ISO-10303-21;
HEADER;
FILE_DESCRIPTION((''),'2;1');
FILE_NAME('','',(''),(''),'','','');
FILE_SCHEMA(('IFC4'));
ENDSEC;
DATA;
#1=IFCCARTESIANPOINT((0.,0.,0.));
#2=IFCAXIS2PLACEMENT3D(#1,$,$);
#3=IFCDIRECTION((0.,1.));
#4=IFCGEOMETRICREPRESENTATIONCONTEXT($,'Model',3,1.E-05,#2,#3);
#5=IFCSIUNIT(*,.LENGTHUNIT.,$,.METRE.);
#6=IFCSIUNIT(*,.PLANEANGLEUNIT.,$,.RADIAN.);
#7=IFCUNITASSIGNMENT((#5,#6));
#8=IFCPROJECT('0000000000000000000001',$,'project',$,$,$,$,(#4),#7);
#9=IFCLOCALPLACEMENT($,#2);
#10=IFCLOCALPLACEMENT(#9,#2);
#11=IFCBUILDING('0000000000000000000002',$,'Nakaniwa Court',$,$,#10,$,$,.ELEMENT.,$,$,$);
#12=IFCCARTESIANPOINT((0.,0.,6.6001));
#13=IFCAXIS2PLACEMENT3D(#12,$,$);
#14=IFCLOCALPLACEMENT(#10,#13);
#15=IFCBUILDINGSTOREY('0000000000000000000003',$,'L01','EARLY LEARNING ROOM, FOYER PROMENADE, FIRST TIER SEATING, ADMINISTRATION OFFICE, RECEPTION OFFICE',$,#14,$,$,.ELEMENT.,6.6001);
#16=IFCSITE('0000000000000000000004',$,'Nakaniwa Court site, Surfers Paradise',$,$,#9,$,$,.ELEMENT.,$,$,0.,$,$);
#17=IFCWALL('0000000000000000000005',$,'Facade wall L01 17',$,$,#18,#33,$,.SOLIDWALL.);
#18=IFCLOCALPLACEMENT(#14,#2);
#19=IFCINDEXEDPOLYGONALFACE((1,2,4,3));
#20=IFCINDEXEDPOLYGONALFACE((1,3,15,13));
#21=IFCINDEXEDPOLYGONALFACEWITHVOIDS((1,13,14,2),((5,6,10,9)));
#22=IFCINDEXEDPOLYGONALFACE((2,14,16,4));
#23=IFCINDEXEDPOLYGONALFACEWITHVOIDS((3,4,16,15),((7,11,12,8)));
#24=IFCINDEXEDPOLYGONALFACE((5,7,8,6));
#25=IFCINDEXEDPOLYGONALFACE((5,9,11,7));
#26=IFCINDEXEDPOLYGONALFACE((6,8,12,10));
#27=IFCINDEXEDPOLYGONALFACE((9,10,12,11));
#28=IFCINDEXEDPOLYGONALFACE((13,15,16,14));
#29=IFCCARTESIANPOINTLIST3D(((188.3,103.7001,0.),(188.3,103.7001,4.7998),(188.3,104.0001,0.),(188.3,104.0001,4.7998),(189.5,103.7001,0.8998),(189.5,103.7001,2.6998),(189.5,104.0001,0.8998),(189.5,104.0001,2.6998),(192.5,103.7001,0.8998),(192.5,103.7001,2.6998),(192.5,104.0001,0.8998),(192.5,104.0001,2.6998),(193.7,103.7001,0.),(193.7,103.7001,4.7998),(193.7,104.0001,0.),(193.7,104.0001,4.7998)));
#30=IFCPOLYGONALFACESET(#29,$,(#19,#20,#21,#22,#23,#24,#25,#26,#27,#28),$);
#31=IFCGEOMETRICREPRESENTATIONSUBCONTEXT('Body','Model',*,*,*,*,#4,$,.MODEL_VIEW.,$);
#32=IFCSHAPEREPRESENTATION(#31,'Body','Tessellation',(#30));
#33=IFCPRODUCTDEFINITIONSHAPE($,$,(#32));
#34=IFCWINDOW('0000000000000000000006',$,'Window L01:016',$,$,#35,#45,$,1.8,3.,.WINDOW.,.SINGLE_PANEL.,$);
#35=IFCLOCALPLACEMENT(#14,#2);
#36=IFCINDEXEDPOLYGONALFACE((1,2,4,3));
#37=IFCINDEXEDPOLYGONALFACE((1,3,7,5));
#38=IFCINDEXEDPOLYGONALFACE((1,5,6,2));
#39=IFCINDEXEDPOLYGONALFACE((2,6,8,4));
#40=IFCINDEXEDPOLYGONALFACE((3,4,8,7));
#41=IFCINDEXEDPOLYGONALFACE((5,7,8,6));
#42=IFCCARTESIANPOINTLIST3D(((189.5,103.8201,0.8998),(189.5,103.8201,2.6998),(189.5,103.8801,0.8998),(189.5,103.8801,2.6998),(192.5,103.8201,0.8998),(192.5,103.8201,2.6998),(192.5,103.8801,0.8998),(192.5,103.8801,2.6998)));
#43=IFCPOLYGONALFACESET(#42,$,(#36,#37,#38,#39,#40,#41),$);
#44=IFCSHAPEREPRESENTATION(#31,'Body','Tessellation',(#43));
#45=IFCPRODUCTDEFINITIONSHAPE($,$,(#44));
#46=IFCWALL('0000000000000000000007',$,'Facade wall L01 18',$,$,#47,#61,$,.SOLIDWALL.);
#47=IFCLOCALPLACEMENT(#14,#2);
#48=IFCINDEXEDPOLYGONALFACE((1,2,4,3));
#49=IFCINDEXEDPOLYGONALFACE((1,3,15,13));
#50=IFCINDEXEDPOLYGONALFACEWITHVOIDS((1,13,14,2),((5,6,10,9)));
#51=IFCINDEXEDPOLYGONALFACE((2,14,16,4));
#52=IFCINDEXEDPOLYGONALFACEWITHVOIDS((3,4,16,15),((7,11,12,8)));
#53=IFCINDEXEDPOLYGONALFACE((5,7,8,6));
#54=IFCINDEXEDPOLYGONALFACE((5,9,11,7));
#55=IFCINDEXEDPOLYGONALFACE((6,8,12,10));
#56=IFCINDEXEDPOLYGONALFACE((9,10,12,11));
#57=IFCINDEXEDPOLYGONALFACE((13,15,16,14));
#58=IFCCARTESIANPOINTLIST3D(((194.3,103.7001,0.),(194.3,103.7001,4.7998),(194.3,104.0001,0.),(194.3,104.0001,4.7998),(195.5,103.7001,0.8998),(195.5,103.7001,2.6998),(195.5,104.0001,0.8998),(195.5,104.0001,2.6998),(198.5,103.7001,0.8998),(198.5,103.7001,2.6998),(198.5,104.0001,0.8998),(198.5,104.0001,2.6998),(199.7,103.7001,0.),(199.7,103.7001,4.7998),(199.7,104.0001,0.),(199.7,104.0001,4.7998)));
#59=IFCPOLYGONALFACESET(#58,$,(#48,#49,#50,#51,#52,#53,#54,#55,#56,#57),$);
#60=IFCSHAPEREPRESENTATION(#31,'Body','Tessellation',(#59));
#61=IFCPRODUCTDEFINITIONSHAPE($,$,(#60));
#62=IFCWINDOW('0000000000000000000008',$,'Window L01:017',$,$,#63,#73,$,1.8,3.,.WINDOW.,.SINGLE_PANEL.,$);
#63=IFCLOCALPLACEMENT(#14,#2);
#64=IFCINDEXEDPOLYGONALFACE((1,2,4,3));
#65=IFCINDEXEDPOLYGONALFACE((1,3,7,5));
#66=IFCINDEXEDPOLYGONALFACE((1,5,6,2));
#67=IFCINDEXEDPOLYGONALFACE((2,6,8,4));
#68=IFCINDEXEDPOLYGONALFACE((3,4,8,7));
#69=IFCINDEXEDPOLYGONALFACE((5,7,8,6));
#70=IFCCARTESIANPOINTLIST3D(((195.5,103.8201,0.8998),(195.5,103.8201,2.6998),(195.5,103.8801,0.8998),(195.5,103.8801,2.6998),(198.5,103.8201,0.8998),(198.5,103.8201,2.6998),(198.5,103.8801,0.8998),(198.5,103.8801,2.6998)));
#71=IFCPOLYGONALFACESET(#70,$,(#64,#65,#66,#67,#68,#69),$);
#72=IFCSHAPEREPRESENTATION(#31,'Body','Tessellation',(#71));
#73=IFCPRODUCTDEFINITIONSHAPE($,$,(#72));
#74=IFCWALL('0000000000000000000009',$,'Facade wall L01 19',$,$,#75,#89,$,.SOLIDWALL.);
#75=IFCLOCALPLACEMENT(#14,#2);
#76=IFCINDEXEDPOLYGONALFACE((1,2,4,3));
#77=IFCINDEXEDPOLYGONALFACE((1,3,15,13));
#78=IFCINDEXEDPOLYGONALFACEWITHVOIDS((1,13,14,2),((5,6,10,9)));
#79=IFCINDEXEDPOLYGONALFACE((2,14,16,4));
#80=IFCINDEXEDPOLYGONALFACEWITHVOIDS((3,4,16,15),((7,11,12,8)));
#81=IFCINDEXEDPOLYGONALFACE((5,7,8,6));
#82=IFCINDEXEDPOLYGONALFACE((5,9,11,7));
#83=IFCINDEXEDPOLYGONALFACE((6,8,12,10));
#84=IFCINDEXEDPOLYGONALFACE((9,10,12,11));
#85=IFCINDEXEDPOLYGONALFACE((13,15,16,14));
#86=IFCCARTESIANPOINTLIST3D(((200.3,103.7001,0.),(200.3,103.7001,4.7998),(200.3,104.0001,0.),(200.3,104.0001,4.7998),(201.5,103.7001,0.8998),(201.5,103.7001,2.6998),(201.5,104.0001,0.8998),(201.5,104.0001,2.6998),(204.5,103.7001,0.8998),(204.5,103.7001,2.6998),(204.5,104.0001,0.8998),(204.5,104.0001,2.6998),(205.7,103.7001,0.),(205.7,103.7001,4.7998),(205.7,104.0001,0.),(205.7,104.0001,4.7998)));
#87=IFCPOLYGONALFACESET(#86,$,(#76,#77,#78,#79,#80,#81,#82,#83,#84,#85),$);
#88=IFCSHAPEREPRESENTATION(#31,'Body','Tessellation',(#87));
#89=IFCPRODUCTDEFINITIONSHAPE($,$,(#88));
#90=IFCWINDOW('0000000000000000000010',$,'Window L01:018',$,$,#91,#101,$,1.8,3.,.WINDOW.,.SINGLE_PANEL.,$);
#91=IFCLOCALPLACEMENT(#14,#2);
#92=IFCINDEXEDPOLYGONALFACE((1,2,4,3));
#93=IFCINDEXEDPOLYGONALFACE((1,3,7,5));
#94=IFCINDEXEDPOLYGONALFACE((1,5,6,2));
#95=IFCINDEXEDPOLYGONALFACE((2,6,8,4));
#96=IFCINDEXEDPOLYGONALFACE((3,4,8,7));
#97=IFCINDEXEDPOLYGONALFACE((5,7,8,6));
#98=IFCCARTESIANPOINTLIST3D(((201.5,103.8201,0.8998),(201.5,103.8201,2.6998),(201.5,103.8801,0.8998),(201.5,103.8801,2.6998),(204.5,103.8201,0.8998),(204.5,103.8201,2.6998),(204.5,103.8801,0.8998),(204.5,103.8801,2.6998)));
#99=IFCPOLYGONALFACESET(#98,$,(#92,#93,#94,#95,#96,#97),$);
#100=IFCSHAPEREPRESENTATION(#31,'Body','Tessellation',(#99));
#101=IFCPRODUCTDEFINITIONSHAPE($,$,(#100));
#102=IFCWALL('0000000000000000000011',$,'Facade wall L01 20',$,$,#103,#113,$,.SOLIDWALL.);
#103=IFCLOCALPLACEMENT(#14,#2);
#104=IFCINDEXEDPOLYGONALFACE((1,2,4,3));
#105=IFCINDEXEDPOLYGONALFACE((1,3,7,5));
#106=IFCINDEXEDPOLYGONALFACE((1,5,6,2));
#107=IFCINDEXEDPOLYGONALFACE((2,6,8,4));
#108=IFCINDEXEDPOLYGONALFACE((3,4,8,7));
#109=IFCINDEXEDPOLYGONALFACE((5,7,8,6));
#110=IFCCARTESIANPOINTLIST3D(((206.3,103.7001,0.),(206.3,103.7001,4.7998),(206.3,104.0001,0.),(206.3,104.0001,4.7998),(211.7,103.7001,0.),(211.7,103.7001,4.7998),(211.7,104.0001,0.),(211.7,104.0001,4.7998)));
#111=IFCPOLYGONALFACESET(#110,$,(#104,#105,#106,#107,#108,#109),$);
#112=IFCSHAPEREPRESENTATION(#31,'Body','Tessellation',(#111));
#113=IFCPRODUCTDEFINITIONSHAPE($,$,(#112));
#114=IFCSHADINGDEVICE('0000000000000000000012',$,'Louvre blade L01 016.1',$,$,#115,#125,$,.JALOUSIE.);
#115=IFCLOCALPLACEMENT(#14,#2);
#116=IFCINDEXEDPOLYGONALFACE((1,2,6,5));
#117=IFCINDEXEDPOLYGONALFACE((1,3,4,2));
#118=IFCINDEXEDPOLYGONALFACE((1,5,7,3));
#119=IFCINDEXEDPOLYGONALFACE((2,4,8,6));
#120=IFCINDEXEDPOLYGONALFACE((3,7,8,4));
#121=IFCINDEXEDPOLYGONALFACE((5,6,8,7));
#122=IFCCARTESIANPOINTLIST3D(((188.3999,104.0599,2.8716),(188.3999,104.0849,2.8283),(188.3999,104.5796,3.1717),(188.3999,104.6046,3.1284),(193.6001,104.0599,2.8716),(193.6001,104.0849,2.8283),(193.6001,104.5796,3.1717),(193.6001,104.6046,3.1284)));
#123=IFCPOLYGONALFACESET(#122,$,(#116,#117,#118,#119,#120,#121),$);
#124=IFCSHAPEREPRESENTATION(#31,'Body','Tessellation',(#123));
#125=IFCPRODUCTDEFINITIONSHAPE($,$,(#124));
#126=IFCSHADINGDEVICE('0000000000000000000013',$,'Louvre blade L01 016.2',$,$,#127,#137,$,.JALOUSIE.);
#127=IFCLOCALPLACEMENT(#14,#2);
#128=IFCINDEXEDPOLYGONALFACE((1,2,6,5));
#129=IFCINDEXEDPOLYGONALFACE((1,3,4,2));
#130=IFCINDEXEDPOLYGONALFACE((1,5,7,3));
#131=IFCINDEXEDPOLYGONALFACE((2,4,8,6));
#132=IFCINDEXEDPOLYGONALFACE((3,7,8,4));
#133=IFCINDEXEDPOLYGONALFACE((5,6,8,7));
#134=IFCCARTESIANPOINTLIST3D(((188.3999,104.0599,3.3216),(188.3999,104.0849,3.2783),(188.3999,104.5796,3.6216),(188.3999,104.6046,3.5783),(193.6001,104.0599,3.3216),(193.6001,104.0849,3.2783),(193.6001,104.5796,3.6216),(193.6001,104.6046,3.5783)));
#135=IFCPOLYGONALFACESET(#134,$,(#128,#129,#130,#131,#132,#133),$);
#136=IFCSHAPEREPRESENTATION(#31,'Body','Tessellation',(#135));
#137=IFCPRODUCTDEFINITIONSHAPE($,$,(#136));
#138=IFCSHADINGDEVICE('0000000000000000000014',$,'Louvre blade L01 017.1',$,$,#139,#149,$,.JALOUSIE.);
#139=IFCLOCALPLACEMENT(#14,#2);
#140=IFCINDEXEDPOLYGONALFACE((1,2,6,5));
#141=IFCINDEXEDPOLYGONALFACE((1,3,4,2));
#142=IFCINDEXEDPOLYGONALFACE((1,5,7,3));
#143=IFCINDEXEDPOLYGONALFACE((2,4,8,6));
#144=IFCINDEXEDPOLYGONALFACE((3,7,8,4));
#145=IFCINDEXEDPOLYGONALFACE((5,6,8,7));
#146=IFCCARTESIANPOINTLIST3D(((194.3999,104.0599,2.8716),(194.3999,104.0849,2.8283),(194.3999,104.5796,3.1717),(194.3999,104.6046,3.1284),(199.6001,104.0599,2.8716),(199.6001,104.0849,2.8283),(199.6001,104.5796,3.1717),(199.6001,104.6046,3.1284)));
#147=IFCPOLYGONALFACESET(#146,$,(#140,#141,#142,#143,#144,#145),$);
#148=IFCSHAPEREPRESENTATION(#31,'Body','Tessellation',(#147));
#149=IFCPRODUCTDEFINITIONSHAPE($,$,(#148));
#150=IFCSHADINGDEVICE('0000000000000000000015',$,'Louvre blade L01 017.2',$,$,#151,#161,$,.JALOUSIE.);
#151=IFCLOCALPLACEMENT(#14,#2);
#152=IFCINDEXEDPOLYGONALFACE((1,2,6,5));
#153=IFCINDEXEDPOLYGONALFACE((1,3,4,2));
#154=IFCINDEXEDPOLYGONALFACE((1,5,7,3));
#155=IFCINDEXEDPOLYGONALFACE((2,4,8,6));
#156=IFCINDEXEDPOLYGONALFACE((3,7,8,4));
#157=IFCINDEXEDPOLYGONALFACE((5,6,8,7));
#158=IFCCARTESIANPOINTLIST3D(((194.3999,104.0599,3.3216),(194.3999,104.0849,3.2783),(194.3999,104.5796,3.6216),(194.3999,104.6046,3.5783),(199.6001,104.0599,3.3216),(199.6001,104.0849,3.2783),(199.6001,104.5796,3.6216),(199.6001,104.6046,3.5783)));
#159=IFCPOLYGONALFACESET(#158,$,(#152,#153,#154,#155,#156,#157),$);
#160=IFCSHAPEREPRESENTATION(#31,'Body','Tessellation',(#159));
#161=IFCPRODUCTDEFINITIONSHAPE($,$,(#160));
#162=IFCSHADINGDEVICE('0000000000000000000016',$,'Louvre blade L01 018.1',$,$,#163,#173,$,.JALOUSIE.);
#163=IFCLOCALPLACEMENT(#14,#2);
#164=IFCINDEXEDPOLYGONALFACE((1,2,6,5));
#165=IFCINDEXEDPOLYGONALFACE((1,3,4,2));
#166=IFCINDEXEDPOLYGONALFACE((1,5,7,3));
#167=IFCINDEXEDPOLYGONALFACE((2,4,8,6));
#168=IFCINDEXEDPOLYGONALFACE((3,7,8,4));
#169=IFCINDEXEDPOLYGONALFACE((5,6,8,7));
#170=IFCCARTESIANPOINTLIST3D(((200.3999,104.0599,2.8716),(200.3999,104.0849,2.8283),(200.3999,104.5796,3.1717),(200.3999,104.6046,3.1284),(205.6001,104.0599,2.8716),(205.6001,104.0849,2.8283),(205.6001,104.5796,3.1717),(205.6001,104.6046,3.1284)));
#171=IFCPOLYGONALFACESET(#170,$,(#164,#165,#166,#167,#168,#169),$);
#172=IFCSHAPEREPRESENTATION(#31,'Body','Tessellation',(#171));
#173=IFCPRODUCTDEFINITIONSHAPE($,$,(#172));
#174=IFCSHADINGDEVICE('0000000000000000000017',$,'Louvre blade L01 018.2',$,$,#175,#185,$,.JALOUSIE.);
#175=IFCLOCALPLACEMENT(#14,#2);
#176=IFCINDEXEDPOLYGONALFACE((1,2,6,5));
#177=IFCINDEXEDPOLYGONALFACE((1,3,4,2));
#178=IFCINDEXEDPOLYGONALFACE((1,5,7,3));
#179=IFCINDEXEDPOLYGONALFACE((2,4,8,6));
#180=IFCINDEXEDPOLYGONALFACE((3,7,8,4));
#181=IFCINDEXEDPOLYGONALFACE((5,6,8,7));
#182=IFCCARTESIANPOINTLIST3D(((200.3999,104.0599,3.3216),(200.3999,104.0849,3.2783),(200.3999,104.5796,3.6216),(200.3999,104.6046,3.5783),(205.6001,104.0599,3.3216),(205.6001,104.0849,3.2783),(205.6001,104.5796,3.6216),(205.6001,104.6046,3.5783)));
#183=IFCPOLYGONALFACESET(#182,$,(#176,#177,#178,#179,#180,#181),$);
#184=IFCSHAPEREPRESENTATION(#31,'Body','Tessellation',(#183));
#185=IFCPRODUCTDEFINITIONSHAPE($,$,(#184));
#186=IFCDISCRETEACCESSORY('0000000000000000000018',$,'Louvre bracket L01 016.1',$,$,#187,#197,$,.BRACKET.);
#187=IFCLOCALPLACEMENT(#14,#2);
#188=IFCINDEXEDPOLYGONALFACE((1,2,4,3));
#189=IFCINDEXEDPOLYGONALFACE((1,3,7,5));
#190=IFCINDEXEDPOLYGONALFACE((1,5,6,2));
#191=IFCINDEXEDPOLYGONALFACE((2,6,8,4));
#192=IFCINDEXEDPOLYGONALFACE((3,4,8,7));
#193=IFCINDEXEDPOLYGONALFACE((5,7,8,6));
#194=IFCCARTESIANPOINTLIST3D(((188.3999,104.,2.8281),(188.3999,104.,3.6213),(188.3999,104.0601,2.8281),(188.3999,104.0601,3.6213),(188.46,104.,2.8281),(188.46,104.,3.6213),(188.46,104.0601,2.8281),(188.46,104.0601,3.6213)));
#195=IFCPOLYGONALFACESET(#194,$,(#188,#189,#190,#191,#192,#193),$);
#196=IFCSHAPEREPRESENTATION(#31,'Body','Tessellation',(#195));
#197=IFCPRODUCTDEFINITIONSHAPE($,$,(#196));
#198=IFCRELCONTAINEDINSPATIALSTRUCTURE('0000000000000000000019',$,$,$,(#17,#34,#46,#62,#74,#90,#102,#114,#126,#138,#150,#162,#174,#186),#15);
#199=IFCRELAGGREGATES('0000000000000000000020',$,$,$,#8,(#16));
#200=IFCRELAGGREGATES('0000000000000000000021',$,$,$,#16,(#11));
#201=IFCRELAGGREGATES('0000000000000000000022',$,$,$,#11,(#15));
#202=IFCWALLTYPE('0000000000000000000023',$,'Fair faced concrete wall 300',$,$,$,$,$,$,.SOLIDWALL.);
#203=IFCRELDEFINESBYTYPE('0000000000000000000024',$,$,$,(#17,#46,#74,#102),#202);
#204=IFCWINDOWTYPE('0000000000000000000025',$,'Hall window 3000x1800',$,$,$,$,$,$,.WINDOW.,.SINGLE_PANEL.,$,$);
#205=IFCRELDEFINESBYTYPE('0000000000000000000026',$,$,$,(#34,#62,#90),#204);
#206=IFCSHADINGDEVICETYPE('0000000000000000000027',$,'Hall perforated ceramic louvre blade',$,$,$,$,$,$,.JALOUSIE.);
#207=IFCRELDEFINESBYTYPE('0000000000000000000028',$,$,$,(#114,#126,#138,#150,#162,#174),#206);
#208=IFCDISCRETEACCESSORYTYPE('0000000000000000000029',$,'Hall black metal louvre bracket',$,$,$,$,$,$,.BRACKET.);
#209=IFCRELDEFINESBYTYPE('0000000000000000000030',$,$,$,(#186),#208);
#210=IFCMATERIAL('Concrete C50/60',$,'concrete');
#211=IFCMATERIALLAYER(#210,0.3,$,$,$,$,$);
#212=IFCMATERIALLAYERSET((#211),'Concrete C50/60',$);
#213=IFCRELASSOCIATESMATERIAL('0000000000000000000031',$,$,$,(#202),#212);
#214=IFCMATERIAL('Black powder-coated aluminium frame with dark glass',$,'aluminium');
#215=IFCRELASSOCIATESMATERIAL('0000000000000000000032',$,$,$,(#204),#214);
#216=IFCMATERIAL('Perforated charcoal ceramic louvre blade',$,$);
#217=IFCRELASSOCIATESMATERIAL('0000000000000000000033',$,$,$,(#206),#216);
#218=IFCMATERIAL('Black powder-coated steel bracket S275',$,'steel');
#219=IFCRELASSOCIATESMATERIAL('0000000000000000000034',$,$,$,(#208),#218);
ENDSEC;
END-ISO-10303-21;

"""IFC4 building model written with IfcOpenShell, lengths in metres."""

from ifc_helpers import new_model, si_unit, direction, frame, frame_2d, origin, origin_2d, place, context, subcontext, project, spatial, rectangle, extrude, material, layer, layer_set, material_profile, profile_set, type_object, element, fill, save


model = new_model("IFC4")

# Units and contexts
model_context = context("Model", 3, precision=1e-05, world=origin(), true_north=direction((0.0, 1.0)))
body_context = subcontext(model_context, "Body", "Model", "MODEL_VIEW")
ifc_project = project(units=[si_unit("LENGTHUNIT", "METRE"), si_unit("PLANEANGLEUNIT", "RADIAN")], contexts=[model_context])

# Site, building, storey
site_placement = place(None, origin())
site = spatial("IfcSite", under=ifc_project, at=site_placement, Name="Nakaniwa Court site, Surfers Paradise", CompositionType="ELEMENT", RefElevation=0.0)
building_placement = place(site_placement, origin())
building = spatial("IfcBuilding", under=site, at=building_placement, Name="Nakaniwa Court", CompositionType="ELEMENT")
storey_placement = place(building_placement, frame((0.0, 0.0, 6.6001)))
storey = spatial("IfcBuildingStorey", under=building, at=storey_placement, Name="L01", Description="EARLY LEARNING ROOM, FOYER PROMENADE, FIRST TIER SEATING, ADMINISTRATION OFFICE, RECEPTION OFFICE", CompositionType="ELEMENT", Elevation=6.6001)

# Walls, openings, windows
ifc_material_1 = material(Name="Concrete C50/60", Category="concrete")
ifc_layer = layer(ifc_material_1, 0.3)
ifc_layer_set = layer_set([ifc_layer], Name="Concrete C50/60")
wall_type = type_object("IfcWallType", Name="Fair faced concrete wall 300", PredefinedType="SOLIDWALL", material=ifc_layer_set)
wall_1_placement = place(storey_placement, frame((188.3, 103.8501, 0.0), z_axis=(0.0, 0.0, 1.0), x_axis=(1.0, 0.0, 0.0)))
wall_1 = element("IfcWall", 1, at=wall_1_placement, inside=storey, type_object=wall_type, Name="Facade wall L01 17", PredefinedType="SOLIDWALL", context=body_context, shape_type="SweptSolid", body=[
    extrude(rectangle(XDim=5.3999, YDim=0.3, at=frame_2d((2.7, 0.0))), origin(), (0.0, 0.0, 1.0), 4.7998),
])
opening_1_placement = place(wall_1_placement, frame((1.2, 0.0, 0.8999)))
opening_1 = element("IfcOpeningElement", 2, at=opening_1_placement, cuts=wall_1, PredefinedType="OPENING", context=body_context, shape_type="SweptSolid", body=[
    extrude(rectangle(XDim=3.0, YDim=1.8, at=frame_2d((1.5, 0.8999))), frame((0.0, 0.1599, 0.0), z_axis=(0.0, -1.0, 0.0), x_axis=(1.0, 0.0, 0.0)), (0.0, 0.0, 1.0), 0.3201),
])
ifc_material_2 = material(Name="Black powder-coated aluminium frame with dark glass", Category="aluminium")
window_type = type_object("IfcWindowType", Name="Hall window 3000x1800", PartitioningType="SINGLE_PANEL", PredefinedType="WINDOW", material=ifc_material_2)
window_1_placement = place(opening_1_placement, origin())
window_1 = element("IfcWindow", 3, at=window_1_placement, inside=storey, type_object=window_type, Name="Window L01:016", OverallHeight=1.8, OverallWidth=3.0, PartitioningType="SINGLE_PANEL", PredefinedType="WINDOW", context=body_context, shape_type="SweptSolid", body=[
    extrude(rectangle(XDim=3.0, YDim=1.8, at=frame_2d((1.5, 0.8999))), frame((0.0, 0.03, 0.0), z_axis=(0.0, -1.0, 0.0), x_axis=(1.0, 0.0, 0.0)), (0.0, 0.0, 1.0), 0.0601),
])
fill(opening_1, window_1)
wall_2_placement = place(storey_placement, frame((194.3, 103.8501, 0.0), z_axis=(0.0, 0.0, 1.0), x_axis=(1.0, 0.0, 0.0)))
wall_2 = element("IfcWall", 4, at=wall_2_placement, inside=storey, type_object=wall_type, Name="Facade wall L01 18", PredefinedType="SOLIDWALL", context=body_context, shape_type="SweptSolid", body=[
    extrude(rectangle(XDim=5.3999, YDim=0.3, at=frame_2d((2.7, 0.0))), origin(), (0.0, 0.0, 1.0), 4.7998),
])
opening_2_placement = place(wall_2_placement, frame((1.2, 0.0, 0.8999)))
opening_2 = element("IfcOpeningElement", 5, at=opening_2_placement, cuts=wall_2, PredefinedType="OPENING", context=body_context, shape_type="SweptSolid", body=[
    extrude(rectangle(XDim=3.0, YDim=1.8, at=frame_2d((1.5, 0.8999))), frame((0.0, 0.1599, 0.0), z_axis=(0.0, -1.0, 0.0), x_axis=(1.0, 0.0, 0.0)), (0.0, 0.0, 1.0), 0.3201),
])
window_2_placement = place(opening_2_placement, origin())
window_2 = element("IfcWindow", 6, at=window_2_placement, inside=storey, type_object=window_type, Name="Window L01:017", OverallHeight=1.8, OverallWidth=3.0, PartitioningType="SINGLE_PANEL", PredefinedType="WINDOW", context=body_context, shape_type="SweptSolid", body=[
    extrude(rectangle(XDim=3.0, YDim=1.8, at=frame_2d((1.5, 0.8999))), frame((0.0, 0.03, 0.0), z_axis=(0.0, -1.0, 0.0), x_axis=(1.0, 0.0, 0.0)), (0.0, 0.0, 1.0), 0.0601),
])
fill(opening_2, window_2)
wall_3_placement = place(storey_placement, frame((200.3, 103.8501, 0.0), z_axis=(0.0, 0.0, 1.0), x_axis=(1.0, 0.0, 0.0)))
wall_3 = element("IfcWall", 7, at=wall_3_placement, inside=storey, type_object=wall_type, Name="Facade wall L01 19", PredefinedType="SOLIDWALL", context=body_context, shape_type="SweptSolid", body=[
    extrude(rectangle(XDim=5.3999, YDim=0.3, at=frame_2d((2.7, 0.0))), origin(), (0.0, 0.0, 1.0), 4.7998),
])
opening_3_placement = place(wall_3_placement, frame((1.2, 0.0, 0.8999)))
opening_3 = element("IfcOpeningElement", 8, at=opening_3_placement, cuts=wall_3, PredefinedType="OPENING", context=body_context, shape_type="SweptSolid", body=[
    extrude(rectangle(XDim=3.0, YDim=1.8, at=frame_2d((1.5, 0.8999))), frame((0.0, 0.1599, 0.0), z_axis=(0.0, -1.0, 0.0), x_axis=(1.0, 0.0, 0.0)), (0.0, 0.0, 1.0), 0.3201),
])
window_3_placement = place(opening_3_placement, origin())
window_3 = element("IfcWindow", 9, at=window_3_placement, inside=storey, type_object=window_type, Name="Window L01:018", OverallHeight=1.8, OverallWidth=3.0, PartitioningType="SINGLE_PANEL", PredefinedType="WINDOW", context=body_context, shape_type="SweptSolid", body=[
    extrude(rectangle(XDim=3.0, YDim=1.8, at=frame_2d((1.5, 0.8999))), frame((0.0, 0.03, 0.0), z_axis=(0.0, -1.0, 0.0), x_axis=(1.0, 0.0, 0.0)), (0.0, 0.0, 1.0), 0.0601),
])
fill(opening_3, window_3)

# Wall
wall_4_placement = place(storey_placement, frame((206.3, 103.8501, 0.0), z_axis=(0.0, 0.0, 1.0), x_axis=(1.0, 0.0, 0.0)))
element("IfcWall", 10, at=wall_4_placement, inside=storey, type_object=wall_type, Name="Facade wall L01 20", PredefinedType="SOLIDWALL", context=body_context, shape_type="SweptSolid", body=[
    extrude(rectangle(XDim=5.3999, YDim=0.3, at=frame_2d((2.7, 0.0))), origin(), (0.0, 0.0, 1.0), 4.7998),
])

# Shading devices
ifc_material_3 = material(Name="Perforated charcoal ceramic louvre blade")
ifc_material_profile = material_profile(ifc_material_3, rectangle(XDim=0.6001, YDim=0.05, at=origin_2d()), Name="Hall perforated ceramic louvre blade")
ifc_profile_set = profile_set([ifc_material_profile], Name="Perforated charcoal ceramic louvre blade")
shading_device_type = type_object("IfcShadingDeviceType", Name="Hall perforated ceramic louvre blade", PredefinedType="JALOUSIE", material=ifc_profile_set)
for number, where, z_axis, x_axis, name in (
    (11, (188.3999, 104.3323, 3.0), (1.0, 0.0, 0.0), (0.0, 0.866025, 0.5), "Louvre blade L01 016.1"),
    (12, (188.3999, 104.3323, 3.45), (1.0, 0.0, 0.0), (0.0, 0.866025, 0.5), "Louvre blade L01 016.2"),
    (13, (194.3999, 104.3323, 3.0), (1.0, 0.0, 0.0), (0.0, 0.866025, 0.5), "Louvre blade L01 017.1"),
    (14, (194.3999, 104.3323, 3.45), (1.0, 0.0, 0.0), (0.0, 0.866025, 0.5), "Louvre blade L01 017.2"),
    (15, (200.3999, 104.3323, 3.0), (1.0, 0.0, 0.0), (0.0, 0.866025, 0.5), "Louvre blade L01 018.1"),
    (16, (200.3999, 104.3323, 3.45), (1.0, 0.0, 0.0), (0.0, 0.866025, 0.5), "Louvre blade L01 018.2"),
):
    element("IfcShadingDevice", number, at=place(storey_placement, frame(where, z_axis=z_axis, x_axis=x_axis)), inside=storey, type_object=shading_device_type, Name=name, PredefinedType="JALOUSIE", context=body_context, shape_type="SweptSolid", body=[
        extrude(rectangle(XDim=0.6001, YDim=0.05, at=origin_2d()), origin(), (0.0, 0.0, 1.0), 5.2002),
    ])

# Discrete accessory
ifc_material_4 = material(Name="Black powder-coated steel bracket S275", Category="steel")
discrete_accessory_type = type_object("IfcDiscreteAccessoryType", Name="Hall black metal louvre bracket", PredefinedType="BRACKET", material=ifc_material_4)
for number, where, z_axis, x_axis, name in (
    (17, (188.4299, 104.03, 2.8281), (0.0, 0.0, 1.0), (1.0, 0.0, 0.0), "Louvre bracket L01 016.1"),
):
    element("IfcDiscreteAccessory", number, at=place(storey_placement, frame(where, z_axis=z_axis, x_axis=x_axis)), inside=storey, type_object=discrete_accessory_type, Name=name, PredefinedType="BRACKET", context=body_context, shape_type="SweptSolid", body=[
        extrude(rectangle(XDim=0.0601, YDim=0.0601, at=origin_2d()), origin(), (0.0, 0.0, 1.0), 0.7932),
    ])

save(model, "model.ifc")
